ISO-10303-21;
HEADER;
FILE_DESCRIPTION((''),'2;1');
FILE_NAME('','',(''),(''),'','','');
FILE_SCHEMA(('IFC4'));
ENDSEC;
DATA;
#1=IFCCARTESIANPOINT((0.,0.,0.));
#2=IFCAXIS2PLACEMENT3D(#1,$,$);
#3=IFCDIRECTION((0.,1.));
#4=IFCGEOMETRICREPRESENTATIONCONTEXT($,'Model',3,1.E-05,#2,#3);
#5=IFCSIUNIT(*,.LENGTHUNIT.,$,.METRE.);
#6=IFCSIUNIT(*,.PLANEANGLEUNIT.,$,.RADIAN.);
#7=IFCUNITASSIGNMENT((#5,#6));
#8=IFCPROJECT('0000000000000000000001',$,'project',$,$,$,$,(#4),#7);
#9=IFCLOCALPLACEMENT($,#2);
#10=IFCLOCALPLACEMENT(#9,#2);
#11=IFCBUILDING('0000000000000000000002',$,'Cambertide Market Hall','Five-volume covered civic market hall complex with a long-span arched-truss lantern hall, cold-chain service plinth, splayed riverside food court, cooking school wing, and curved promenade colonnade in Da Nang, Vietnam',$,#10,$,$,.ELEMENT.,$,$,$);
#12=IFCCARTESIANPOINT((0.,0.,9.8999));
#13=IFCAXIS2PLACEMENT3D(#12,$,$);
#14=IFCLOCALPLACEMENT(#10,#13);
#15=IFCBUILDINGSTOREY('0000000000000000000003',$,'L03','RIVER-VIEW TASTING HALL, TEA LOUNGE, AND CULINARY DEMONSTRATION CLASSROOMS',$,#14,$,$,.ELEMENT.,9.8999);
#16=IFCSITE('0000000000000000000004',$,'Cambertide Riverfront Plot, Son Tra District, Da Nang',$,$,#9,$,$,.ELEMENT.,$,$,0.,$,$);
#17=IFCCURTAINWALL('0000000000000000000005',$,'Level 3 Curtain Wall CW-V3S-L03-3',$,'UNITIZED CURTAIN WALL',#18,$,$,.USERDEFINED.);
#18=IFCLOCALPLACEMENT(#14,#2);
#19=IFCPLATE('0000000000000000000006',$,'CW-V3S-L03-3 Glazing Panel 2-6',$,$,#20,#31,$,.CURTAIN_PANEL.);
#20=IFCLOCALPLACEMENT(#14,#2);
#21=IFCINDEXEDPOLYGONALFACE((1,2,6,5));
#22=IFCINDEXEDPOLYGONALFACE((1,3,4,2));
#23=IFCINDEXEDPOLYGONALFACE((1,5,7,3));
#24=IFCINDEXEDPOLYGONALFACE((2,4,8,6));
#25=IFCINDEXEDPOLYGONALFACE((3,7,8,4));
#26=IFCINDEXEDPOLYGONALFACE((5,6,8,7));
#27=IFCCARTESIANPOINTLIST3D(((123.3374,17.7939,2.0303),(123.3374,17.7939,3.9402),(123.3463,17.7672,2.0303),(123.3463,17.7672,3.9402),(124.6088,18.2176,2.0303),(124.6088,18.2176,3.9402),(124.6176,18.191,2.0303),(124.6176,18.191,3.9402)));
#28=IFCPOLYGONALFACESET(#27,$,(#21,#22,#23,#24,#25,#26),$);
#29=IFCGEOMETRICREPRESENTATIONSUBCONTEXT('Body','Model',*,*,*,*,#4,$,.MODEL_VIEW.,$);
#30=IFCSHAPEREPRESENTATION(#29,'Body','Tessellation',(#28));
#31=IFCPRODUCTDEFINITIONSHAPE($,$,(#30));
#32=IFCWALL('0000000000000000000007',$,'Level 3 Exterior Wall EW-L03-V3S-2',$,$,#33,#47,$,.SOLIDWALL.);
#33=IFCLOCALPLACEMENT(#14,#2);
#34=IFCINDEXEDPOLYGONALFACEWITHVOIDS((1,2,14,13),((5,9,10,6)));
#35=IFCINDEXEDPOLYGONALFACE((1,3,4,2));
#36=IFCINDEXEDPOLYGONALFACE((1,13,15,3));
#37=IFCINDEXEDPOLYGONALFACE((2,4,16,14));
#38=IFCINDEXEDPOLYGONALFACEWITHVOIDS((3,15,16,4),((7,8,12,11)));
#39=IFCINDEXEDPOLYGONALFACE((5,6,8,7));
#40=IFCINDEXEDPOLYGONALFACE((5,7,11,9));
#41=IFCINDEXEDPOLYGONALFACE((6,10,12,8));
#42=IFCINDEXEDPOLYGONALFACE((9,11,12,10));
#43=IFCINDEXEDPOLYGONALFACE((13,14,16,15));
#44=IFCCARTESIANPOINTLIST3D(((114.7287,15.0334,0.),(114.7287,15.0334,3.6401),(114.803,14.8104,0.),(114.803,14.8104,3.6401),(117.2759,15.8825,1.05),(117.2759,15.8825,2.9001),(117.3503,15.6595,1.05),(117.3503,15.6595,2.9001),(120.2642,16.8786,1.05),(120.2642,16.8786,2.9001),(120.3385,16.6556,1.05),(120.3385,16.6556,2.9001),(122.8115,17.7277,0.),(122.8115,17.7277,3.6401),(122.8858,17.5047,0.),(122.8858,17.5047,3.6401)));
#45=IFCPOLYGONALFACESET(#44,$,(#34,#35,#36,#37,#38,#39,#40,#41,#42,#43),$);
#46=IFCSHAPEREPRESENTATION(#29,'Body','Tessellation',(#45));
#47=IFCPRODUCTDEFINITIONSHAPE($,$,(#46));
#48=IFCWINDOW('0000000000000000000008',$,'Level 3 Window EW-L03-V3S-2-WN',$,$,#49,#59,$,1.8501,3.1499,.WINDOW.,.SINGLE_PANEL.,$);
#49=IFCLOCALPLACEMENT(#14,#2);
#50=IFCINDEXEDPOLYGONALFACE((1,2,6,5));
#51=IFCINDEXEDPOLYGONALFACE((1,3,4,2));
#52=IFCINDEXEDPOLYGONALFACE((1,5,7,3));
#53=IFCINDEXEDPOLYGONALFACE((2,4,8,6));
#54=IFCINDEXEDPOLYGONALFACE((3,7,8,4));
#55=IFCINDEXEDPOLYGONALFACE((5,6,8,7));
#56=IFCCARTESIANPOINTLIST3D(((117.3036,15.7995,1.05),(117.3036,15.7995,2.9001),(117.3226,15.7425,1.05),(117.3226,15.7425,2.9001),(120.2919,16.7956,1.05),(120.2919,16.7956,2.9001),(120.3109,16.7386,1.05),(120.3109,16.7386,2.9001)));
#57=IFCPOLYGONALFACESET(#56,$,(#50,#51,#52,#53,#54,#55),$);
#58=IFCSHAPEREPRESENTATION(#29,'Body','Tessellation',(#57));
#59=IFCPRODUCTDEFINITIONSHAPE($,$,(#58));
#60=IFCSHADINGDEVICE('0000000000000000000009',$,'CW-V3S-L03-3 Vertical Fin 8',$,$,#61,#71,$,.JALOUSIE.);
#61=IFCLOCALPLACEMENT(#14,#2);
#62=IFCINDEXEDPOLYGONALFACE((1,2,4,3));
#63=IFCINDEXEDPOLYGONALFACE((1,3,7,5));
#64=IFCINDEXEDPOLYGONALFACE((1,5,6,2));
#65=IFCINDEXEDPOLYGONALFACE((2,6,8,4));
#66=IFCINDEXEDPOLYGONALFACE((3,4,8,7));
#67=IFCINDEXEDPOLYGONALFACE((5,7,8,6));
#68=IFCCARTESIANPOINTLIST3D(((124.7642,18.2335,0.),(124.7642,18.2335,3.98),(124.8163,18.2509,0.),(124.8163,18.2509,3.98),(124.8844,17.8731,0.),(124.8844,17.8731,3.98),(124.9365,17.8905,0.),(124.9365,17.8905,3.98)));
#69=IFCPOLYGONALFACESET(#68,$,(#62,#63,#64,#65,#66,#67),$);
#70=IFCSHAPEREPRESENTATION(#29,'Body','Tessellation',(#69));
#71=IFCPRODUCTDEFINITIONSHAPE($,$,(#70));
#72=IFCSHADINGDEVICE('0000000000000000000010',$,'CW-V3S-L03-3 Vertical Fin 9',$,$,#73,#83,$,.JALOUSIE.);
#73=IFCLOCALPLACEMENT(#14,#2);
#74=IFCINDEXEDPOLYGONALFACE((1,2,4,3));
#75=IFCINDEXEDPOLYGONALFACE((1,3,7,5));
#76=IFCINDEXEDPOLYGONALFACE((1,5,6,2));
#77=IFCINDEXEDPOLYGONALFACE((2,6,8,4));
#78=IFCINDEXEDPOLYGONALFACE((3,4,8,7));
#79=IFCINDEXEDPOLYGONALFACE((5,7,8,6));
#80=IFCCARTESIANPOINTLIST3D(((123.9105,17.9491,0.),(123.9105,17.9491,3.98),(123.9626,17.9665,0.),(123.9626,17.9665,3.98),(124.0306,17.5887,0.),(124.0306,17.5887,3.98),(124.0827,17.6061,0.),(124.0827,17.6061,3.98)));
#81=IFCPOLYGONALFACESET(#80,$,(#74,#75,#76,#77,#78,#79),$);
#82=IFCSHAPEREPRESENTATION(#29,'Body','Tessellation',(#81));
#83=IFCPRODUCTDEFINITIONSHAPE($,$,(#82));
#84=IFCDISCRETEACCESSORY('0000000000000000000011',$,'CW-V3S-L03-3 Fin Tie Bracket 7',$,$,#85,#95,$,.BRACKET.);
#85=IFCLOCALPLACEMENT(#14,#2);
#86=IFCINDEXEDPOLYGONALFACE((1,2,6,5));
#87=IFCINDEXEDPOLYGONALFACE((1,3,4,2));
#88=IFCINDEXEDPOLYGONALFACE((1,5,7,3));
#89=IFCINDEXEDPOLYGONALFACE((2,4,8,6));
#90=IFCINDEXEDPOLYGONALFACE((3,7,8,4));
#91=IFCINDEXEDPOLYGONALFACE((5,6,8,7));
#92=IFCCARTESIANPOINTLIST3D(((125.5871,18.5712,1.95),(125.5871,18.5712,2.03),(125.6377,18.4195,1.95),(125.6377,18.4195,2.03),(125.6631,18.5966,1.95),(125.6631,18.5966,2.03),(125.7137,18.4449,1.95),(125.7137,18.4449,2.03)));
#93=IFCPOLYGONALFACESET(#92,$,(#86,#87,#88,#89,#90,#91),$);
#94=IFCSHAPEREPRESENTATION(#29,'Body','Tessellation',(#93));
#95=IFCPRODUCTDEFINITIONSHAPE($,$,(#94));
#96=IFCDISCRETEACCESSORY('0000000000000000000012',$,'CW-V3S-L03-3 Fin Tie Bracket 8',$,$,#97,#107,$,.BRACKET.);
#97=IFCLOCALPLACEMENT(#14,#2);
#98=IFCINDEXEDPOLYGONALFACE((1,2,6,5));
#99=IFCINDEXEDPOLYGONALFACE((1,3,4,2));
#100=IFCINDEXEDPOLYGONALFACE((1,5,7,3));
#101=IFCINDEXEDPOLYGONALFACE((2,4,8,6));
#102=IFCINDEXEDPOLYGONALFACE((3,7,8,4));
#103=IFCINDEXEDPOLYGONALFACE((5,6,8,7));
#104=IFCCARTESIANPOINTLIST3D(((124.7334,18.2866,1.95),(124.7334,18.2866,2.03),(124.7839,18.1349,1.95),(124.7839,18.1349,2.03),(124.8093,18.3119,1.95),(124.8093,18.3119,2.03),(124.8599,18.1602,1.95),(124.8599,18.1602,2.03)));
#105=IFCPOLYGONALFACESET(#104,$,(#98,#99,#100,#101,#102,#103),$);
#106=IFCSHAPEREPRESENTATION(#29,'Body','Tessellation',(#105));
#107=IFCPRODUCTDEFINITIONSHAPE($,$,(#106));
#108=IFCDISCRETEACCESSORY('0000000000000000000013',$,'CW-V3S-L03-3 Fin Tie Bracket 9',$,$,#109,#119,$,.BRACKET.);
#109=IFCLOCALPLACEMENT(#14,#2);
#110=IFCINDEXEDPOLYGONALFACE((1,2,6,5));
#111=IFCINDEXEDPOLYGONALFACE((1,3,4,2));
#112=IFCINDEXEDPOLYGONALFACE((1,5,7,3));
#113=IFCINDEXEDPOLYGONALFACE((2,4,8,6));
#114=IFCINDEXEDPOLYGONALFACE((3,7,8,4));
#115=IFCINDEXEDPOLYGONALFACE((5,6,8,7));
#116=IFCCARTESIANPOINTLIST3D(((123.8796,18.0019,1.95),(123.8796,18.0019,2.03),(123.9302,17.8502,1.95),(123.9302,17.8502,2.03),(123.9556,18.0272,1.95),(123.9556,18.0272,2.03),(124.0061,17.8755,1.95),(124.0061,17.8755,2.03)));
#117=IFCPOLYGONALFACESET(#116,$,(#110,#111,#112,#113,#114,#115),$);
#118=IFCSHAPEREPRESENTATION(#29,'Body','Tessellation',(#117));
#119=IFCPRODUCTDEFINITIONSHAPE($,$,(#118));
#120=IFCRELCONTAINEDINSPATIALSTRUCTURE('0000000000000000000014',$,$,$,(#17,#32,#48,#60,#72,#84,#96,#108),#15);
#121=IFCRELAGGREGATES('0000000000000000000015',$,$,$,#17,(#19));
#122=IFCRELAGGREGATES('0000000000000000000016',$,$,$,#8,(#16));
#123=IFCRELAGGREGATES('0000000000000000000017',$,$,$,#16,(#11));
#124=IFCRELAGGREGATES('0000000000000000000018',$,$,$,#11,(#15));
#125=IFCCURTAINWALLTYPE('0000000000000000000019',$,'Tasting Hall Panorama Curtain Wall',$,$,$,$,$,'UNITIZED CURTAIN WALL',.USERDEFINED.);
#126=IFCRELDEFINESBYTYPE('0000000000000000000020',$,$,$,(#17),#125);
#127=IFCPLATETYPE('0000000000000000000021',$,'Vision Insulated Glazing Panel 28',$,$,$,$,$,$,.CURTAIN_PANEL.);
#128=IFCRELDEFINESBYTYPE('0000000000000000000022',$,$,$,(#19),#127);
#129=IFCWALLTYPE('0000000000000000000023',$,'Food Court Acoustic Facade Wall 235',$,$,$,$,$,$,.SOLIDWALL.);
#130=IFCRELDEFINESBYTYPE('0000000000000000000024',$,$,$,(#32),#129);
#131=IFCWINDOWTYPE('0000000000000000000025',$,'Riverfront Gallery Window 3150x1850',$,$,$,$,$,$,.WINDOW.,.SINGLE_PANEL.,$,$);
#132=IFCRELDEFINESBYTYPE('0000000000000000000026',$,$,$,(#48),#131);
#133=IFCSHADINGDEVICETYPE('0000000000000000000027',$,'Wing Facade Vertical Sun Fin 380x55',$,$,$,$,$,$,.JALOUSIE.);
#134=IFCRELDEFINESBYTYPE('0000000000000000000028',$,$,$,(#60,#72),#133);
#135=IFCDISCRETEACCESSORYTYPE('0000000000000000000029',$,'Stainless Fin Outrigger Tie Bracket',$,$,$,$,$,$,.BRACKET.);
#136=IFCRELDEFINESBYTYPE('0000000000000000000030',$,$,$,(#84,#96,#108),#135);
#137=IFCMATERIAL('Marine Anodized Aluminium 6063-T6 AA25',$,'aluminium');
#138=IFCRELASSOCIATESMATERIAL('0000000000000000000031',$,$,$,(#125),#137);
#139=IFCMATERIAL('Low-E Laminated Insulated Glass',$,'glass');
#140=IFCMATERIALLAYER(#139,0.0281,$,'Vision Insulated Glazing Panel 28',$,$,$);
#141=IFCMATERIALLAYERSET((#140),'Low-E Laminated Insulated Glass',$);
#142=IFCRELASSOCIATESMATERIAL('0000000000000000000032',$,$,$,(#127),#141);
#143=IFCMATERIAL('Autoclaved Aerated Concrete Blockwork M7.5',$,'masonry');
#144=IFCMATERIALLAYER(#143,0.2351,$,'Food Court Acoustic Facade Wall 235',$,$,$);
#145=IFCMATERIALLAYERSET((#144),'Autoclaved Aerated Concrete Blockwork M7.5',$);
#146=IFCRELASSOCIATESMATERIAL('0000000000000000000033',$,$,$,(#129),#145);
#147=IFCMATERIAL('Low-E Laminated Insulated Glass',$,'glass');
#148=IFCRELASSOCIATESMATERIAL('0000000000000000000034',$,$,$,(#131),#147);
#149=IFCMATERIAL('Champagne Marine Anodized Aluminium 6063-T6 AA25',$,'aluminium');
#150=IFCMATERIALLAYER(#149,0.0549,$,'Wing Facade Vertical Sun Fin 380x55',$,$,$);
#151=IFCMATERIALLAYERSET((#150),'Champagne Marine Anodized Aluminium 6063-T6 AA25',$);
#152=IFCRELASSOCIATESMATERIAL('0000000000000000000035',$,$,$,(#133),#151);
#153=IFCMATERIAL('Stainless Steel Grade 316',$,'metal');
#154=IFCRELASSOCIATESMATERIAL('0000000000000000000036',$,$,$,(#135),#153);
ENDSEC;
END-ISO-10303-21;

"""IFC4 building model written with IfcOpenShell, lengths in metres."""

from ifc_helpers import new_model, si_unit, direction, frame, frame_2d, origin, origin_2d, place, context, subcontext, project, spatial, rectangle, extrude, material, layer, layer_set, type_object, element, fill, aggregate, save


model = new_model("IFC4")

# Units and contexts
model_context = context("Model", 3, precision=1e-05, world=origin(), true_north=direction((0.0, 1.0)))
body_context = subcontext(model_context, "Body", "Model", "MODEL_VIEW")
ifc_project = project(units=[si_unit("LENGTHUNIT", "METRE"), si_unit("PLANEANGLEUNIT", "RADIAN")], contexts=[model_context])

# Site, building, storey
site_placement = place(None, origin())
site = spatial("IfcSite", under=ifc_project, at=site_placement, Name="Cambertide Riverfront Plot, Son Tra District, Da Nang", CompositionType="ELEMENT", RefElevation=0.0)
building_placement = place(site_placement, origin())
building = spatial("IfcBuilding", under=site, at=building_placement, Name="Cambertide Market Hall", Description="Five-volume covered civic market hall complex with a long-span arched-truss lantern hall, cold-chain service plinth, splayed riverside food court, cooking school wing, and curved promenade colonnade in Da Nang, Vietnam", CompositionType="ELEMENT")
storey_placement = place(building_placement, frame((0.0, 0.0, 9.8999)))
storey = spatial("IfcBuildingStorey", under=building, at=storey_placement, Name="L03", Description="RIVER-VIEW TASTING HALL, TEA LOUNGE, AND CULINARY DEMONSTRATION CLASSROOMS", CompositionType="ELEMENT", Elevation=9.8999)

# Curtain wall
ifc_material_1 = material(Name="Marine Anodized Aluminium 6063-T6 AA25", Category="aluminium")
curtain_wall_type = type_object("IfcCurtainWallType", Name="Tasting Hall Panorama Curtain Wall", ElementType="UNITIZED CURTAIN WALL", PredefinedType="USERDEFINED", material=ifc_material_1)
curtain_wall_placement = place(storey_placement, origin())
curtain_wall = element("IfcCurtainWall", 1, at=curtain_wall_placement, inside=storey, type_object=curtain_wall_type, Name="Level 3 Curtain Wall CW-V3S-L03-3", ObjectType="UNITIZED CURTAIN WALL", PredefinedType="USERDEFINED")

# Plate
ifc_material_2 = material(Name="Low-E Laminated Insulated Glass", Category="glass")
ifc_layer_1 = layer(ifc_material_2, 0.0281, Name="Vision Insulated Glazing Panel 28")
ifc_layer_set_1 = layer_set([ifc_layer_1], Name="Low-E Laminated Insulated Glass")
plate_type = type_object("IfcPlateType", Name="Vision Insulated Glazing Panel 28", PredefinedType="CURTAIN_PANEL", material=ifc_layer_set_1)
plate_1_placement = place(storey_placement, frame((123.9775, 17.9924, 2.0303), z_axis=(0.0, 0.0, 1.0), x_axis=(-0.948683, -0.316228, 0.0)))
plate_1 = element("IfcPlate", 2, at=plate_1_placement, type_object=plate_type, Name="CW-V3S-L03-3 Glazing Panel 2-6", PredefinedType="CURTAIN_PANEL", context=body_context, shape_type="SweptSolid", body=[
    extrude(rectangle(XDim=1.3401, YDim=0.0281, at=origin_2d()), origin(), (0.0, 0.0, 1.0), 1.9099),
])
aggregate(curtain_wall, [plate_1])

# Wall, opening, window
ifc_material_3 = material(Name="Autoclaved Aerated Concrete Blockwork M7.5", Category="masonry")
ifc_layer_2 = layer(ifc_material_3, 0.2351, Name="Food Court Acoustic Facade Wall 235")
ifc_layer_set_2 = layer_set([ifc_layer_2], Name="Autoclaved Aerated Concrete Blockwork M7.5")
wall_type = type_object("IfcWallType", Name="Food Court Acoustic Facade Wall 235", PredefinedType="SOLIDWALL", material=ifc_layer_set_2)
wall_placement = place(storey_placement, frame((122.8486, 17.6162, 0.0), z_axis=(0.0, 0.0, 1.0), x_axis=(-0.94868, -0.316236, 0.0)))
wall = element("IfcWall", 3, at=wall_placement, inside=storey, type_object=wall_type, Name="Level 3 Exterior Wall EW-L03-V3S-2", PredefinedType="SOLIDWALL", context=body_context, shape_type="SweptSolid", body=[
    extrude(rectangle(XDim=8.52, YDim=0.2351, at=frame_2d((4.26, 0.0))), origin(), (0.0, 0.0, 1.0), 3.6401),
])
opening_placement = place(wall_placement, frame((2.6851, 0.0, 1.05)))
opening = element("IfcOpeningElement", 4, at=opening_placement, cuts=wall, PredefinedType="OPENING", context=body_context, shape_type="SweptSolid", body=[
    extrude(rectangle(XDim=3.1499, YDim=1.8501, at=frame_2d((1.575, 0.925))), frame((0.0, 0.1274, 0.0), z_axis=(0.0, -1.0, 0.0), x_axis=(1.0, 0.0, 0.0)), (0.0, 0.0, 1.0), 0.2551),
])
ifc_material_4 = material(Name="Low-E Laminated Insulated Glass", Category="glass")
window_type = type_object("IfcWindowType", Name="Riverfront Gallery Window 3150x1850", PartitioningType="SINGLE_PANEL", PredefinedType="WINDOW", material=ifc_material_4)
window_placement = place(opening_placement, origin())
window = element("IfcWindow", 5, at=window_placement, inside=storey, type_object=window_type, Name="Level 3 Window EW-L03-V3S-2-WN", OverallHeight=1.8501, OverallWidth=3.1499, PartitioningType="SINGLE_PANEL", PredefinedType="WINDOW", context=body_context, shape_type="SweptSolid", body=[
    extrude(rectangle(XDim=3.1499, YDim=1.8501, at=frame_2d((1.575, 0.925))), frame((0.0, 0.03, 0.0), z_axis=(0.0, -1.0, 0.0), x_axis=(1.0, 0.0, 0.0)), (0.0, 0.0, 1.0), 0.0601),
])
fill(opening, window)

# Shading devices
ifc_material_5 = material(Name="Champagne Marine Anodized Aluminium 6063-T6 AA25", Category="aluminium")
ifc_layer_3 = layer(ifc_material_5, 0.0549, Name="Wing Facade Vertical Sun Fin 380x55")
ifc_layer_set_3 = layer_set([ifc_layer_3], Name="Champagne Marine Anodized Aluminium 6063-T6 AA25")
shading_device_type = type_object("IfcShadingDeviceType", Name="Wing Facade Vertical Sun Fin 380x55", PredefinedType="JALOUSIE", material=ifc_layer_set_3)
for number, where, z_axis, x_axis, name in (
    (6, (124.8503, 18.062, 0.0), (0.0, 0.0, 1.0), (-0.948683, -0.316228, 0.0), "CW-V3S-L03-3 Vertical Fin 8"),
    (7, (123.9966, 17.7776, 0.0), (0.0, 0.0, 1.0), (-0.948683, -0.316228, 0.0), "CW-V3S-L03-3 Vertical Fin 9"),
):
    element("IfcShadingDevice", number, at=place(storey_placement, frame(where, z_axis=z_axis, x_axis=x_axis)), inside=storey, type_object=shading_device_type, Name=name, PredefinedType="JALOUSIE", context=body_context, shape_type="SweptSolid", body=[
        extrude(rectangle(XDim=0.0549, YDim=0.3799, at=origin_2d()), origin(), (0.0, 0.0, 1.0), 3.98),
    ])

# Discrete accessories
ifc_material_6 = material(Name="Stainless Steel Grade 316", Category="metal")
discrete_accessory_type = type_object("IfcDiscreteAccessoryType", Name="Stainless Fin Outrigger Tie Bracket", PredefinedType="BRACKET", material=ifc_material_6)
for number, where, z_axis, x_axis, name in (
    (8, (125.6504, 18.5081, 1.95), (0.0, 0.0, 1.0), (-0.948683, -0.316228, 0.0), "CW-V3S-L03-3 Fin Tie Bracket 7"),
    (9, (124.7966, 18.2234, 1.95), (0.0, 0.0, 1.0), (-0.948683, -0.316228, 0.0), "CW-V3S-L03-3 Fin Tie Bracket 8"),
    (10, (123.9429, 17.9387, 1.95), (0.0, 0.0, 1.0), (-0.948683, -0.316228, 0.0), "CW-V3S-L03-3 Fin Tie Bracket 9"),
):
    element("IfcDiscreteAccessory", number, at=place(storey_placement, frame(where, z_axis=z_axis, x_axis=x_axis)), inside=storey, type_object=discrete_accessory_type, Name=name, PredefinedType="BRACKET", context=body_context, shape_type="SweptSolid", body=[
        extrude(rectangle(XDim=0.0801, YDim=0.1599, at=origin_2d()), origin(), (0.0, 0.0, 1.0), 0.0801),
    ])

save(model, "model.ifc")
